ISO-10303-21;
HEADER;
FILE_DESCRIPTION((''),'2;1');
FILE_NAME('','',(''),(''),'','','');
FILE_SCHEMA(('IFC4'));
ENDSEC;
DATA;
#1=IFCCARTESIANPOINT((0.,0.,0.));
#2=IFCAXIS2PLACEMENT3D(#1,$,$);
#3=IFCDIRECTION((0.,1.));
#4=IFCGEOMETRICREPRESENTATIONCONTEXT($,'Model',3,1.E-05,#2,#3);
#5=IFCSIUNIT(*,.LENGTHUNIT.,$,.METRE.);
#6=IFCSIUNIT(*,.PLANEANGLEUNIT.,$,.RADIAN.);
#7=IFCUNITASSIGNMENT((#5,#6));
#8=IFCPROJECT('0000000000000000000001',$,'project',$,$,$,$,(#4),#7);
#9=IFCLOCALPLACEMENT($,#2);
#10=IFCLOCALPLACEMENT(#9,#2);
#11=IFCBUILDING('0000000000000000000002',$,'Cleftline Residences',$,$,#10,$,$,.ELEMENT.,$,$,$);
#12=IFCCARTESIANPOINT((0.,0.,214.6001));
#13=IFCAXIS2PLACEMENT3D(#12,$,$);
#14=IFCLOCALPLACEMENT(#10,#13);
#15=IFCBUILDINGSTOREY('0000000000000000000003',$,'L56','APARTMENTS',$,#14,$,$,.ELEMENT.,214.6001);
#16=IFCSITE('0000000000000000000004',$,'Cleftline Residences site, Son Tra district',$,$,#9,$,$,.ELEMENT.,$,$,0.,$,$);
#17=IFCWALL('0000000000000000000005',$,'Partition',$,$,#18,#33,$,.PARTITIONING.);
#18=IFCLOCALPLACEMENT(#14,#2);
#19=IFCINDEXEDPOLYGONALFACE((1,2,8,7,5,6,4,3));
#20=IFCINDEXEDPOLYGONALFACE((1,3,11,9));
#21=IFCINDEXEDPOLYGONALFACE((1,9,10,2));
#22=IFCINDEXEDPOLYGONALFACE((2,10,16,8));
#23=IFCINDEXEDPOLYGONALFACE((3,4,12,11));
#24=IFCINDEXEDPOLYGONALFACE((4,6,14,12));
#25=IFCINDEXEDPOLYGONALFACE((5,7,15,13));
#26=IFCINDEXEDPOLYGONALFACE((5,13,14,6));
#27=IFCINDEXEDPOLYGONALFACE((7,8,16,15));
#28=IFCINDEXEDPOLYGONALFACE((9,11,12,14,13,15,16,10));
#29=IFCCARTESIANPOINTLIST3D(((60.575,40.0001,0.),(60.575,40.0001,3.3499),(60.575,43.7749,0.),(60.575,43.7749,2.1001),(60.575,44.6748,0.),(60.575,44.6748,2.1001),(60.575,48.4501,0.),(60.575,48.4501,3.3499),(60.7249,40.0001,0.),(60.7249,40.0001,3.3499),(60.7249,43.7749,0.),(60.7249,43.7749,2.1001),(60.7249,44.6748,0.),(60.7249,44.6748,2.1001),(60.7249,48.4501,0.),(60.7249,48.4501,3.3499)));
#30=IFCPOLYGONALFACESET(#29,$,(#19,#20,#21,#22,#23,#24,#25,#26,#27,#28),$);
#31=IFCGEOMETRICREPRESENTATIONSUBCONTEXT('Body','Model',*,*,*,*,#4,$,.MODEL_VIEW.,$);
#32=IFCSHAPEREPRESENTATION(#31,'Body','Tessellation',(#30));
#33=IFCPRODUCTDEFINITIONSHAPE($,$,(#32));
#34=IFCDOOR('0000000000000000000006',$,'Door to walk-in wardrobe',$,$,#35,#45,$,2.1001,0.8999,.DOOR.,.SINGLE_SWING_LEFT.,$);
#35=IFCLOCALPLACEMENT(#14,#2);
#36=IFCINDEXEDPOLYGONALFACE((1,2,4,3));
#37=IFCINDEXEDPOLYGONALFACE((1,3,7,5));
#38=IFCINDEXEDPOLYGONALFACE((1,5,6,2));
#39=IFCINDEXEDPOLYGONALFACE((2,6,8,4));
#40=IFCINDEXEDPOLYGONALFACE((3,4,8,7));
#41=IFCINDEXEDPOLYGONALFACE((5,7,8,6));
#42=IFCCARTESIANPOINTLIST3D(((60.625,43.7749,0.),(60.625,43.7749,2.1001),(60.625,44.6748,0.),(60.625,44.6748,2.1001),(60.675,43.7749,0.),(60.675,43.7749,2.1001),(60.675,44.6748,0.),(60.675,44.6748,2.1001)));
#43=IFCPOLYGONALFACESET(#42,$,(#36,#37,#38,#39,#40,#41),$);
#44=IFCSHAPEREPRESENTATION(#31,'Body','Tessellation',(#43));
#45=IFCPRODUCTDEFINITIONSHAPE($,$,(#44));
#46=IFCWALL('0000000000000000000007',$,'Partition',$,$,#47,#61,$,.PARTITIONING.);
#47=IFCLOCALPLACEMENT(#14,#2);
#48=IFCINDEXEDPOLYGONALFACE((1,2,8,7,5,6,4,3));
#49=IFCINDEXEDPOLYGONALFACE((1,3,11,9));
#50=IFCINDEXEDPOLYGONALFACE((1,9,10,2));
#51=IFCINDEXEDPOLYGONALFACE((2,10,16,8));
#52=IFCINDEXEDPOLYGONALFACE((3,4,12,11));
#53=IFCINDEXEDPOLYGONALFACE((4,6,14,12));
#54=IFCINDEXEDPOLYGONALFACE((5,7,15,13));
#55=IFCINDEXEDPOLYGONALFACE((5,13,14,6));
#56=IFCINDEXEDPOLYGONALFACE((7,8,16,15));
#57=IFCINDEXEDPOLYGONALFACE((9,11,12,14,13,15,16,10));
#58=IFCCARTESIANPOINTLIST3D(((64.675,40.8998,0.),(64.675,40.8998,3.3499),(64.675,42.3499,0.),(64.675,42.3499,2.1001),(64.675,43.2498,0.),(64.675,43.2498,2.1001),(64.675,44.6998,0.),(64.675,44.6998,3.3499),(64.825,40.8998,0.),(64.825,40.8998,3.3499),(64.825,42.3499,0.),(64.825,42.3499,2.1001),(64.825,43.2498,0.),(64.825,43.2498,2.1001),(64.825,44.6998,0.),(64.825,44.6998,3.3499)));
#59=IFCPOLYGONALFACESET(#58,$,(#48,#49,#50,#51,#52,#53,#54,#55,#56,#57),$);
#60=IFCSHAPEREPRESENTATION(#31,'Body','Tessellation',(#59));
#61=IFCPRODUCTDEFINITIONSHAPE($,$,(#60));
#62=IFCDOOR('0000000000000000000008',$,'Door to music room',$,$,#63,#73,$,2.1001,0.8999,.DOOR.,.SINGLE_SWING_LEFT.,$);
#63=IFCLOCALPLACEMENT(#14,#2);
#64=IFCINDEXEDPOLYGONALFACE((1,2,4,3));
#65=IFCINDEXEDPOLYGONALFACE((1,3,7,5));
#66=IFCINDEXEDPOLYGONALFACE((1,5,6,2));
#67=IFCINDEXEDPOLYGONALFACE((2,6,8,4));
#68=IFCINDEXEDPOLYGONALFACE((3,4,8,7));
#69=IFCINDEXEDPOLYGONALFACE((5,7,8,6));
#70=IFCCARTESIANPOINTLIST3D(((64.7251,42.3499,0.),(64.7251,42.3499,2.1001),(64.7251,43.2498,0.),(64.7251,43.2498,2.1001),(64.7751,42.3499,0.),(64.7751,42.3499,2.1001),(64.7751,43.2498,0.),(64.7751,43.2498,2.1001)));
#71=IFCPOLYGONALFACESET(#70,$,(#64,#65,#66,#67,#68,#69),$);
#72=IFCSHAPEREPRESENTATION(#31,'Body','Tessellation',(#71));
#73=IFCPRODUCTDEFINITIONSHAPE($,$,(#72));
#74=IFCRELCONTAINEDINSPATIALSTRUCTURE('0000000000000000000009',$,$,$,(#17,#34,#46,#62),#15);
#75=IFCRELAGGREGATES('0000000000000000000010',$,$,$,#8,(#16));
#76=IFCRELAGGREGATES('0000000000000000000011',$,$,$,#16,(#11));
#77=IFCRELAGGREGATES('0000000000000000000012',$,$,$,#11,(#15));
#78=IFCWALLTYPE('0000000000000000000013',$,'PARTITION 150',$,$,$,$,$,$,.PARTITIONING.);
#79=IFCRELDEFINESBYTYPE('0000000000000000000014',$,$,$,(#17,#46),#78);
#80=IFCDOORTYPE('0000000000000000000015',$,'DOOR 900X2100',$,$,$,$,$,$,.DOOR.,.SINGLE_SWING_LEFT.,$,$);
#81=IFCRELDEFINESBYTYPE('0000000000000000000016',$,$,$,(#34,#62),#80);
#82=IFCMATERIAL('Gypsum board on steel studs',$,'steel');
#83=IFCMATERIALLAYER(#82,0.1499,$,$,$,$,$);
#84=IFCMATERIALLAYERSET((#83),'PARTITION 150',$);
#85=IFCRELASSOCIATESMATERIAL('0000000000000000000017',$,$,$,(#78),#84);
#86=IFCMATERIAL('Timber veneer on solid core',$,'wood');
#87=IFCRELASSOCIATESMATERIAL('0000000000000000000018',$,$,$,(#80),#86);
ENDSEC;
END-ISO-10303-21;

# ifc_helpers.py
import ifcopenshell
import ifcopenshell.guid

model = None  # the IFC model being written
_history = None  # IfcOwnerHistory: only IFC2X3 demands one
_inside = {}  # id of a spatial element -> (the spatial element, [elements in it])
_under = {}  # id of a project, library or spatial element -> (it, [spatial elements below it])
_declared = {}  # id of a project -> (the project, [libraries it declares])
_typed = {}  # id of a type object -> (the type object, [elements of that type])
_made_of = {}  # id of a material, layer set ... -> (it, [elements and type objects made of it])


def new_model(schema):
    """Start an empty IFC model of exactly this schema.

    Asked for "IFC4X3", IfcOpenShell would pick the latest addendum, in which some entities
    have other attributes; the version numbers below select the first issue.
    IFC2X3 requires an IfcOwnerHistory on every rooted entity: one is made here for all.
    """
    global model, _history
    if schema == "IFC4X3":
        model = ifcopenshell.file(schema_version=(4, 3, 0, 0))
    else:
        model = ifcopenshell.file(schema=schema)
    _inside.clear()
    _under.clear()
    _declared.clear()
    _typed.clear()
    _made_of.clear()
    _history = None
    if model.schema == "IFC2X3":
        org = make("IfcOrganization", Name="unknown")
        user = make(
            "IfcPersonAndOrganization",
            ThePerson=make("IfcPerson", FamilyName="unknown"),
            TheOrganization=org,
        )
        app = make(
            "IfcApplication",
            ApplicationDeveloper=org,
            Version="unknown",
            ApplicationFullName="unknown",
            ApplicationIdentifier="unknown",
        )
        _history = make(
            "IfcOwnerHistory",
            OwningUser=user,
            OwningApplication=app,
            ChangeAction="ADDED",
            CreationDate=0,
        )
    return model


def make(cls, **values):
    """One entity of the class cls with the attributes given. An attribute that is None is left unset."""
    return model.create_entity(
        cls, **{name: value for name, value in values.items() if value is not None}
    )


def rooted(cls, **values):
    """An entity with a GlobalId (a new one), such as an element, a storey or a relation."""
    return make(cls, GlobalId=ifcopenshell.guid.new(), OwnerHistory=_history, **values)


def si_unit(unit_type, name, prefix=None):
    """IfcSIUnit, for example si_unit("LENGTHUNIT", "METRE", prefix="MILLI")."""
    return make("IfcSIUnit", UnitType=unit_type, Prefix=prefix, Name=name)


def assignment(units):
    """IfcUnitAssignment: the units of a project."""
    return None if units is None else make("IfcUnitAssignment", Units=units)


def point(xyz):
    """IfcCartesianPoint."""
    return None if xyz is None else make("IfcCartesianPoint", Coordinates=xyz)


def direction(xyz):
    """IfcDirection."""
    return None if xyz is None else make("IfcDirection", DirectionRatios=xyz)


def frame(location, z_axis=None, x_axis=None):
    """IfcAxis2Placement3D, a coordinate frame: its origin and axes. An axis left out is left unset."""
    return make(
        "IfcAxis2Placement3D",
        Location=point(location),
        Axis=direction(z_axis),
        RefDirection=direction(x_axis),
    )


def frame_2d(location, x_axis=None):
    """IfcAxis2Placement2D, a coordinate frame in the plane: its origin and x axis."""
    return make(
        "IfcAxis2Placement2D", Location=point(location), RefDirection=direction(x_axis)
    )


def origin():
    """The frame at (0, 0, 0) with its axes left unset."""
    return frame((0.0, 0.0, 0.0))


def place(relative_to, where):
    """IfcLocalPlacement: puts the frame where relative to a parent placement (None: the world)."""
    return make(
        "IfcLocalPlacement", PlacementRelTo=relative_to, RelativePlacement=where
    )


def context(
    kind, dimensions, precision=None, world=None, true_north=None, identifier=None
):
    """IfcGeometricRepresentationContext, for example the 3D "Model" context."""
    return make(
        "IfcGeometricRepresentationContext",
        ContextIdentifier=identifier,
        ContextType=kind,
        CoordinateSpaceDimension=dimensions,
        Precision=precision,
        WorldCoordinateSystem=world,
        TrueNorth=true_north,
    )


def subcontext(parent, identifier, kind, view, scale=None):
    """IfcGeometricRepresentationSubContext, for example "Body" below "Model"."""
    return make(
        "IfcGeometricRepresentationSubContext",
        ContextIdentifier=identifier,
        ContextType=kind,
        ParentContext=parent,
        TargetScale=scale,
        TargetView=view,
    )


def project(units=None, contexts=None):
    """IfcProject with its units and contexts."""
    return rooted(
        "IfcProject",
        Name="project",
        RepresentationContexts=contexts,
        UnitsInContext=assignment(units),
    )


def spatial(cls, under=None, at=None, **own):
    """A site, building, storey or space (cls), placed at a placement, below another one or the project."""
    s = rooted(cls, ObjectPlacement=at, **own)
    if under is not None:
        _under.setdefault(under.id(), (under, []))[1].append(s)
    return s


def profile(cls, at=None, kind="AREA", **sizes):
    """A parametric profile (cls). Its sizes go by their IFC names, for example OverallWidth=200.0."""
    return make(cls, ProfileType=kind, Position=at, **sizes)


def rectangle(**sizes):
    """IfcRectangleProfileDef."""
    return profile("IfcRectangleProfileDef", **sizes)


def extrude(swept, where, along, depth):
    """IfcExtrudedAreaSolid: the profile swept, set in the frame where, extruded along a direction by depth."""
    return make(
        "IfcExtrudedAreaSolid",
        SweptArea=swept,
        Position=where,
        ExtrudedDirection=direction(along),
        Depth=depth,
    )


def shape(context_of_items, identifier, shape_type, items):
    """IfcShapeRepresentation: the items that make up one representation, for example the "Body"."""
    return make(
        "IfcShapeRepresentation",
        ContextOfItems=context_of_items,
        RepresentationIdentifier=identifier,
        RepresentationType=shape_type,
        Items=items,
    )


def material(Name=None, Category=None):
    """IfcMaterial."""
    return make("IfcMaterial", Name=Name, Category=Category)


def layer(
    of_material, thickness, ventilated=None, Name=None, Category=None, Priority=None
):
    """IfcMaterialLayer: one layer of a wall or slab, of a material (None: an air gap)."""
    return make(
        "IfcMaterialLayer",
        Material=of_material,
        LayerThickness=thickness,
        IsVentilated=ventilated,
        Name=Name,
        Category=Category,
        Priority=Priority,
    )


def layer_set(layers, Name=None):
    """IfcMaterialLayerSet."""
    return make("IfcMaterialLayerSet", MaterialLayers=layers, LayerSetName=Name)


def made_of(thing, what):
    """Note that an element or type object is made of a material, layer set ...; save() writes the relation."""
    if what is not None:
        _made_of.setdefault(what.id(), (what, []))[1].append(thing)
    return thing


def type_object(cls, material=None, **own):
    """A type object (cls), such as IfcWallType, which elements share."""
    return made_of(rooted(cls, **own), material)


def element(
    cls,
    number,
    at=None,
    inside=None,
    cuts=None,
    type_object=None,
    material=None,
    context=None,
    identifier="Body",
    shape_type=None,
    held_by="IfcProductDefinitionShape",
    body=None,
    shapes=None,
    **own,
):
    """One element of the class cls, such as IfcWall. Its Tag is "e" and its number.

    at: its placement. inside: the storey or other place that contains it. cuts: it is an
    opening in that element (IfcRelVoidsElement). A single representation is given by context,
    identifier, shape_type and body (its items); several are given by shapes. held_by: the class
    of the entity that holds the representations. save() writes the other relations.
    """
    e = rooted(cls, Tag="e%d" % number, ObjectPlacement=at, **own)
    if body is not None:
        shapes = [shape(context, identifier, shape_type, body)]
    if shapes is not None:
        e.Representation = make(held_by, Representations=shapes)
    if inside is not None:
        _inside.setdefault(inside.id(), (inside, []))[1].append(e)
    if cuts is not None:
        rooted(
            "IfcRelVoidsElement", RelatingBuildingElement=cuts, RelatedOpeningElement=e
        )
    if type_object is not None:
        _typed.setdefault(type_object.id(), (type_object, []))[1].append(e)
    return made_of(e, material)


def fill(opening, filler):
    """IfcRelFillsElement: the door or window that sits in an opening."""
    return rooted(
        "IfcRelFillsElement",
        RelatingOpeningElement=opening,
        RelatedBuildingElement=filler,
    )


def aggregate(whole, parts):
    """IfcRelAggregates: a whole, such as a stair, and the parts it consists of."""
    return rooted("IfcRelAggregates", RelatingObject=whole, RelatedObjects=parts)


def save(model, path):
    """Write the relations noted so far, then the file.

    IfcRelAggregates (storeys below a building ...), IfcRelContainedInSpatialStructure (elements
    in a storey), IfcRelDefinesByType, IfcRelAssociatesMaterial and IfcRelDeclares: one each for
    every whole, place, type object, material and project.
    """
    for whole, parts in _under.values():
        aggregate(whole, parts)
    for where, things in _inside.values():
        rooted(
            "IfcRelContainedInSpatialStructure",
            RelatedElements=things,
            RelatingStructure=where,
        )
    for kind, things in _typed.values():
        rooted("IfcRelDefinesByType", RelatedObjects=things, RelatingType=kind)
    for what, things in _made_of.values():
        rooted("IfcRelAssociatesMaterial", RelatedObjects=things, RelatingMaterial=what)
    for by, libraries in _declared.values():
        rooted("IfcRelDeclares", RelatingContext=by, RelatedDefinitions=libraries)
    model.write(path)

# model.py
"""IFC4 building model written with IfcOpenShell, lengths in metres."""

from ifc_helpers import new_model, si_unit, direction, frame, frame_2d, origin, place, context, subcontext, project, spatial, rectangle, extrude, material, layer, layer_set, type_object, element, fill, save


model = new_model("IFC4")

# Units and contexts
model_context = context("Model", 3, precision=1e-05, world=origin(), true_north=direction((0.0, 1.0)))
body_context = subcontext(model_context, "Body", "Model", "MODEL_VIEW")
ifc_project = project(units=[si_unit("LENGTHUNIT", "METRE"), si_unit("PLANEANGLEUNIT", "RADIAN")], contexts=[model_context])

# Site, building, storey
site_placement = place(None, origin())
site = spatial("IfcSite", under=ifc_project, at=site_placement, Name="Cleftline Residences site, Son Tra district", CompositionType="ELEMENT", RefElevation=0.0)
building_placement = place(site_placement, origin())
building = spatial("IfcBuilding", under=site, at=building_placement, Name="Cleftline Residences", CompositionType="ELEMENT")
storey_placement = place(building_placement, frame((0.0, 0.0, 214.6001)))
storey = spatial("IfcBuildingStorey", under=building, at=storey_placement, Name="L56", Description="APARTMENTS", CompositionType="ELEMENT", Elevation=214.6001)

# Walls, openings, doors
ifc_material_1 = material(Name="Gypsum board on steel studs", Category="steel")
ifc_layer_1 = layer(ifc_material_1, 0.1499)
ifc_layer_set_1 = layer_set([ifc_layer_1], Name="PARTITION 150")
wall_type_1 = type_object("IfcWallType", Name="PARTITION 150", PredefinedType="PARTITIONING", material=ifc_layer_set_1)
wall_1_placement = place(storey_placement, frame((60.6499, 40.0, 0.0), z_axis=(0.0, 0.0, 1.0), x_axis=(0.0, 1.0, 0.0)))
wall_1 = element("IfcWall", 1, at=wall_1_placement, inside=storey, type_object=wall_type_1, Name="Partition", PredefinedType="PARTITIONING", context=body_context, shape_type="SweptSolid", body=[
    extrude(rectangle(XDim=8.45, YDim=0.1499, at=frame_2d((4.2251, 0.0))), origin(), (0.0, 0.0, 1.0), 3.3499),
])
opening_1_placement = place(wall_1_placement, frame((3.7749, 0.0, 0.0)))
opening_1 = element("IfcOpeningElement", 2, at=opening_1_placement, cuts=wall_1, PredefinedType="OPENING", context=body_context, shape_type="SweptSolid", body=[
    extrude(rectangle(XDim=0.8999, YDim=2.1001, at=frame_2d((0.45, 1.05))), frame((0.0, 0.085, 0.0), z_axis=(0.0, -1.0, 0.0), x_axis=(1.0, 0.0, 0.0)), (0.0, 0.0, 1.0), 0.1699),
])
ifc_material_2 = material(Name="Timber veneer on solid core", Category="wood")
door_type = type_object("IfcDoorType", Name="DOOR 900X2100", OperationType="SINGLE_SWING_LEFT", PredefinedType="DOOR", material=ifc_material_2)
door_1_placement = place(opening_1_placement, origin())
door_1 = element("IfcDoor", 3, at=door_1_placement, inside=storey, type_object=door_type, Name="Door to walk-in wardrobe", OperationType="SINGLE_SWING_LEFT", OverallHeight=2.1001, OverallWidth=0.8999, PredefinedType="DOOR", context=body_context, shape_type="SweptSolid", body=[
    extrude(rectangle(XDim=0.8999, YDim=2.1001, at=frame_2d((0.45, 1.05))), frame((0.0, 0.0249, 0.0), z_axis=(0.0, -1.0, 0.0), x_axis=(1.0, 0.0, 0.0)), (0.0, 0.0, 1.0), 0.05),
])
fill(opening_1, door_1)
wall_2_placement = place(storey_placement, frame((64.75, 40.8999, 0.0), z_axis=(0.0, 0.0, 1.0), x_axis=(0.0, 1.0, 0.0)))
wall_2 = element("IfcWall", 4, at=wall_2_placement, inside=storey, type_object=wall_type_1, Name="Partition", PredefinedType="PARTITIONING", context=body_context, shape_type="SweptSolid", body=[
    extrude(rectangle(XDim=3.8, YDim=0.1499, at=frame_2d((1.8999, 0.0))), origin(), (0.0, 0.0, 1.0), 3.3499),
])
opening_2_placement = place(wall_2_placement, frame((1.45, 0.0, 0.0)))
opening_2 = element("IfcOpeningElement", 5, at=opening_2_placement, cuts=wall_2, PredefinedType="OPENING", context=body_context, shape_type="SweptSolid", body=[
    extrude(rectangle(XDim=0.8999, YDim=2.1001, at=frame_2d((0.45, 1.05))), frame((0.0, 0.085, 0.0), z_axis=(0.0, -1.0, 0.0), x_axis=(1.0, 0.0, 0.0)), (0.0, 0.0, 1.0), 0.1699),
])
door_2_placement = place(opening_2_placement, origin())
door_2 = element("IfcDoor", 6, at=door_2_placement, inside=storey, type_object=door_type, Name="Door to music room", OperationType="SINGLE_SWING_LEFT", OverallHeight=2.1001, OverallWidth=0.8999, PredefinedType="DOOR", context=body_context, shape_type="SweptSolid", body=[
    extrude(rectangle(XDim=0.8999, YDim=2.1001, at=frame_2d((0.45, 1.05))), frame((0.0, 0.0249, 0.0), z_axis=(0.0, -1.0, 0.0), x_axis=(1.0, 0.0, 0.0)), (0.0, 0.0, 1.0), 0.05),
])
fill(opening_2, door_2)

save(model, "model.ifc")
